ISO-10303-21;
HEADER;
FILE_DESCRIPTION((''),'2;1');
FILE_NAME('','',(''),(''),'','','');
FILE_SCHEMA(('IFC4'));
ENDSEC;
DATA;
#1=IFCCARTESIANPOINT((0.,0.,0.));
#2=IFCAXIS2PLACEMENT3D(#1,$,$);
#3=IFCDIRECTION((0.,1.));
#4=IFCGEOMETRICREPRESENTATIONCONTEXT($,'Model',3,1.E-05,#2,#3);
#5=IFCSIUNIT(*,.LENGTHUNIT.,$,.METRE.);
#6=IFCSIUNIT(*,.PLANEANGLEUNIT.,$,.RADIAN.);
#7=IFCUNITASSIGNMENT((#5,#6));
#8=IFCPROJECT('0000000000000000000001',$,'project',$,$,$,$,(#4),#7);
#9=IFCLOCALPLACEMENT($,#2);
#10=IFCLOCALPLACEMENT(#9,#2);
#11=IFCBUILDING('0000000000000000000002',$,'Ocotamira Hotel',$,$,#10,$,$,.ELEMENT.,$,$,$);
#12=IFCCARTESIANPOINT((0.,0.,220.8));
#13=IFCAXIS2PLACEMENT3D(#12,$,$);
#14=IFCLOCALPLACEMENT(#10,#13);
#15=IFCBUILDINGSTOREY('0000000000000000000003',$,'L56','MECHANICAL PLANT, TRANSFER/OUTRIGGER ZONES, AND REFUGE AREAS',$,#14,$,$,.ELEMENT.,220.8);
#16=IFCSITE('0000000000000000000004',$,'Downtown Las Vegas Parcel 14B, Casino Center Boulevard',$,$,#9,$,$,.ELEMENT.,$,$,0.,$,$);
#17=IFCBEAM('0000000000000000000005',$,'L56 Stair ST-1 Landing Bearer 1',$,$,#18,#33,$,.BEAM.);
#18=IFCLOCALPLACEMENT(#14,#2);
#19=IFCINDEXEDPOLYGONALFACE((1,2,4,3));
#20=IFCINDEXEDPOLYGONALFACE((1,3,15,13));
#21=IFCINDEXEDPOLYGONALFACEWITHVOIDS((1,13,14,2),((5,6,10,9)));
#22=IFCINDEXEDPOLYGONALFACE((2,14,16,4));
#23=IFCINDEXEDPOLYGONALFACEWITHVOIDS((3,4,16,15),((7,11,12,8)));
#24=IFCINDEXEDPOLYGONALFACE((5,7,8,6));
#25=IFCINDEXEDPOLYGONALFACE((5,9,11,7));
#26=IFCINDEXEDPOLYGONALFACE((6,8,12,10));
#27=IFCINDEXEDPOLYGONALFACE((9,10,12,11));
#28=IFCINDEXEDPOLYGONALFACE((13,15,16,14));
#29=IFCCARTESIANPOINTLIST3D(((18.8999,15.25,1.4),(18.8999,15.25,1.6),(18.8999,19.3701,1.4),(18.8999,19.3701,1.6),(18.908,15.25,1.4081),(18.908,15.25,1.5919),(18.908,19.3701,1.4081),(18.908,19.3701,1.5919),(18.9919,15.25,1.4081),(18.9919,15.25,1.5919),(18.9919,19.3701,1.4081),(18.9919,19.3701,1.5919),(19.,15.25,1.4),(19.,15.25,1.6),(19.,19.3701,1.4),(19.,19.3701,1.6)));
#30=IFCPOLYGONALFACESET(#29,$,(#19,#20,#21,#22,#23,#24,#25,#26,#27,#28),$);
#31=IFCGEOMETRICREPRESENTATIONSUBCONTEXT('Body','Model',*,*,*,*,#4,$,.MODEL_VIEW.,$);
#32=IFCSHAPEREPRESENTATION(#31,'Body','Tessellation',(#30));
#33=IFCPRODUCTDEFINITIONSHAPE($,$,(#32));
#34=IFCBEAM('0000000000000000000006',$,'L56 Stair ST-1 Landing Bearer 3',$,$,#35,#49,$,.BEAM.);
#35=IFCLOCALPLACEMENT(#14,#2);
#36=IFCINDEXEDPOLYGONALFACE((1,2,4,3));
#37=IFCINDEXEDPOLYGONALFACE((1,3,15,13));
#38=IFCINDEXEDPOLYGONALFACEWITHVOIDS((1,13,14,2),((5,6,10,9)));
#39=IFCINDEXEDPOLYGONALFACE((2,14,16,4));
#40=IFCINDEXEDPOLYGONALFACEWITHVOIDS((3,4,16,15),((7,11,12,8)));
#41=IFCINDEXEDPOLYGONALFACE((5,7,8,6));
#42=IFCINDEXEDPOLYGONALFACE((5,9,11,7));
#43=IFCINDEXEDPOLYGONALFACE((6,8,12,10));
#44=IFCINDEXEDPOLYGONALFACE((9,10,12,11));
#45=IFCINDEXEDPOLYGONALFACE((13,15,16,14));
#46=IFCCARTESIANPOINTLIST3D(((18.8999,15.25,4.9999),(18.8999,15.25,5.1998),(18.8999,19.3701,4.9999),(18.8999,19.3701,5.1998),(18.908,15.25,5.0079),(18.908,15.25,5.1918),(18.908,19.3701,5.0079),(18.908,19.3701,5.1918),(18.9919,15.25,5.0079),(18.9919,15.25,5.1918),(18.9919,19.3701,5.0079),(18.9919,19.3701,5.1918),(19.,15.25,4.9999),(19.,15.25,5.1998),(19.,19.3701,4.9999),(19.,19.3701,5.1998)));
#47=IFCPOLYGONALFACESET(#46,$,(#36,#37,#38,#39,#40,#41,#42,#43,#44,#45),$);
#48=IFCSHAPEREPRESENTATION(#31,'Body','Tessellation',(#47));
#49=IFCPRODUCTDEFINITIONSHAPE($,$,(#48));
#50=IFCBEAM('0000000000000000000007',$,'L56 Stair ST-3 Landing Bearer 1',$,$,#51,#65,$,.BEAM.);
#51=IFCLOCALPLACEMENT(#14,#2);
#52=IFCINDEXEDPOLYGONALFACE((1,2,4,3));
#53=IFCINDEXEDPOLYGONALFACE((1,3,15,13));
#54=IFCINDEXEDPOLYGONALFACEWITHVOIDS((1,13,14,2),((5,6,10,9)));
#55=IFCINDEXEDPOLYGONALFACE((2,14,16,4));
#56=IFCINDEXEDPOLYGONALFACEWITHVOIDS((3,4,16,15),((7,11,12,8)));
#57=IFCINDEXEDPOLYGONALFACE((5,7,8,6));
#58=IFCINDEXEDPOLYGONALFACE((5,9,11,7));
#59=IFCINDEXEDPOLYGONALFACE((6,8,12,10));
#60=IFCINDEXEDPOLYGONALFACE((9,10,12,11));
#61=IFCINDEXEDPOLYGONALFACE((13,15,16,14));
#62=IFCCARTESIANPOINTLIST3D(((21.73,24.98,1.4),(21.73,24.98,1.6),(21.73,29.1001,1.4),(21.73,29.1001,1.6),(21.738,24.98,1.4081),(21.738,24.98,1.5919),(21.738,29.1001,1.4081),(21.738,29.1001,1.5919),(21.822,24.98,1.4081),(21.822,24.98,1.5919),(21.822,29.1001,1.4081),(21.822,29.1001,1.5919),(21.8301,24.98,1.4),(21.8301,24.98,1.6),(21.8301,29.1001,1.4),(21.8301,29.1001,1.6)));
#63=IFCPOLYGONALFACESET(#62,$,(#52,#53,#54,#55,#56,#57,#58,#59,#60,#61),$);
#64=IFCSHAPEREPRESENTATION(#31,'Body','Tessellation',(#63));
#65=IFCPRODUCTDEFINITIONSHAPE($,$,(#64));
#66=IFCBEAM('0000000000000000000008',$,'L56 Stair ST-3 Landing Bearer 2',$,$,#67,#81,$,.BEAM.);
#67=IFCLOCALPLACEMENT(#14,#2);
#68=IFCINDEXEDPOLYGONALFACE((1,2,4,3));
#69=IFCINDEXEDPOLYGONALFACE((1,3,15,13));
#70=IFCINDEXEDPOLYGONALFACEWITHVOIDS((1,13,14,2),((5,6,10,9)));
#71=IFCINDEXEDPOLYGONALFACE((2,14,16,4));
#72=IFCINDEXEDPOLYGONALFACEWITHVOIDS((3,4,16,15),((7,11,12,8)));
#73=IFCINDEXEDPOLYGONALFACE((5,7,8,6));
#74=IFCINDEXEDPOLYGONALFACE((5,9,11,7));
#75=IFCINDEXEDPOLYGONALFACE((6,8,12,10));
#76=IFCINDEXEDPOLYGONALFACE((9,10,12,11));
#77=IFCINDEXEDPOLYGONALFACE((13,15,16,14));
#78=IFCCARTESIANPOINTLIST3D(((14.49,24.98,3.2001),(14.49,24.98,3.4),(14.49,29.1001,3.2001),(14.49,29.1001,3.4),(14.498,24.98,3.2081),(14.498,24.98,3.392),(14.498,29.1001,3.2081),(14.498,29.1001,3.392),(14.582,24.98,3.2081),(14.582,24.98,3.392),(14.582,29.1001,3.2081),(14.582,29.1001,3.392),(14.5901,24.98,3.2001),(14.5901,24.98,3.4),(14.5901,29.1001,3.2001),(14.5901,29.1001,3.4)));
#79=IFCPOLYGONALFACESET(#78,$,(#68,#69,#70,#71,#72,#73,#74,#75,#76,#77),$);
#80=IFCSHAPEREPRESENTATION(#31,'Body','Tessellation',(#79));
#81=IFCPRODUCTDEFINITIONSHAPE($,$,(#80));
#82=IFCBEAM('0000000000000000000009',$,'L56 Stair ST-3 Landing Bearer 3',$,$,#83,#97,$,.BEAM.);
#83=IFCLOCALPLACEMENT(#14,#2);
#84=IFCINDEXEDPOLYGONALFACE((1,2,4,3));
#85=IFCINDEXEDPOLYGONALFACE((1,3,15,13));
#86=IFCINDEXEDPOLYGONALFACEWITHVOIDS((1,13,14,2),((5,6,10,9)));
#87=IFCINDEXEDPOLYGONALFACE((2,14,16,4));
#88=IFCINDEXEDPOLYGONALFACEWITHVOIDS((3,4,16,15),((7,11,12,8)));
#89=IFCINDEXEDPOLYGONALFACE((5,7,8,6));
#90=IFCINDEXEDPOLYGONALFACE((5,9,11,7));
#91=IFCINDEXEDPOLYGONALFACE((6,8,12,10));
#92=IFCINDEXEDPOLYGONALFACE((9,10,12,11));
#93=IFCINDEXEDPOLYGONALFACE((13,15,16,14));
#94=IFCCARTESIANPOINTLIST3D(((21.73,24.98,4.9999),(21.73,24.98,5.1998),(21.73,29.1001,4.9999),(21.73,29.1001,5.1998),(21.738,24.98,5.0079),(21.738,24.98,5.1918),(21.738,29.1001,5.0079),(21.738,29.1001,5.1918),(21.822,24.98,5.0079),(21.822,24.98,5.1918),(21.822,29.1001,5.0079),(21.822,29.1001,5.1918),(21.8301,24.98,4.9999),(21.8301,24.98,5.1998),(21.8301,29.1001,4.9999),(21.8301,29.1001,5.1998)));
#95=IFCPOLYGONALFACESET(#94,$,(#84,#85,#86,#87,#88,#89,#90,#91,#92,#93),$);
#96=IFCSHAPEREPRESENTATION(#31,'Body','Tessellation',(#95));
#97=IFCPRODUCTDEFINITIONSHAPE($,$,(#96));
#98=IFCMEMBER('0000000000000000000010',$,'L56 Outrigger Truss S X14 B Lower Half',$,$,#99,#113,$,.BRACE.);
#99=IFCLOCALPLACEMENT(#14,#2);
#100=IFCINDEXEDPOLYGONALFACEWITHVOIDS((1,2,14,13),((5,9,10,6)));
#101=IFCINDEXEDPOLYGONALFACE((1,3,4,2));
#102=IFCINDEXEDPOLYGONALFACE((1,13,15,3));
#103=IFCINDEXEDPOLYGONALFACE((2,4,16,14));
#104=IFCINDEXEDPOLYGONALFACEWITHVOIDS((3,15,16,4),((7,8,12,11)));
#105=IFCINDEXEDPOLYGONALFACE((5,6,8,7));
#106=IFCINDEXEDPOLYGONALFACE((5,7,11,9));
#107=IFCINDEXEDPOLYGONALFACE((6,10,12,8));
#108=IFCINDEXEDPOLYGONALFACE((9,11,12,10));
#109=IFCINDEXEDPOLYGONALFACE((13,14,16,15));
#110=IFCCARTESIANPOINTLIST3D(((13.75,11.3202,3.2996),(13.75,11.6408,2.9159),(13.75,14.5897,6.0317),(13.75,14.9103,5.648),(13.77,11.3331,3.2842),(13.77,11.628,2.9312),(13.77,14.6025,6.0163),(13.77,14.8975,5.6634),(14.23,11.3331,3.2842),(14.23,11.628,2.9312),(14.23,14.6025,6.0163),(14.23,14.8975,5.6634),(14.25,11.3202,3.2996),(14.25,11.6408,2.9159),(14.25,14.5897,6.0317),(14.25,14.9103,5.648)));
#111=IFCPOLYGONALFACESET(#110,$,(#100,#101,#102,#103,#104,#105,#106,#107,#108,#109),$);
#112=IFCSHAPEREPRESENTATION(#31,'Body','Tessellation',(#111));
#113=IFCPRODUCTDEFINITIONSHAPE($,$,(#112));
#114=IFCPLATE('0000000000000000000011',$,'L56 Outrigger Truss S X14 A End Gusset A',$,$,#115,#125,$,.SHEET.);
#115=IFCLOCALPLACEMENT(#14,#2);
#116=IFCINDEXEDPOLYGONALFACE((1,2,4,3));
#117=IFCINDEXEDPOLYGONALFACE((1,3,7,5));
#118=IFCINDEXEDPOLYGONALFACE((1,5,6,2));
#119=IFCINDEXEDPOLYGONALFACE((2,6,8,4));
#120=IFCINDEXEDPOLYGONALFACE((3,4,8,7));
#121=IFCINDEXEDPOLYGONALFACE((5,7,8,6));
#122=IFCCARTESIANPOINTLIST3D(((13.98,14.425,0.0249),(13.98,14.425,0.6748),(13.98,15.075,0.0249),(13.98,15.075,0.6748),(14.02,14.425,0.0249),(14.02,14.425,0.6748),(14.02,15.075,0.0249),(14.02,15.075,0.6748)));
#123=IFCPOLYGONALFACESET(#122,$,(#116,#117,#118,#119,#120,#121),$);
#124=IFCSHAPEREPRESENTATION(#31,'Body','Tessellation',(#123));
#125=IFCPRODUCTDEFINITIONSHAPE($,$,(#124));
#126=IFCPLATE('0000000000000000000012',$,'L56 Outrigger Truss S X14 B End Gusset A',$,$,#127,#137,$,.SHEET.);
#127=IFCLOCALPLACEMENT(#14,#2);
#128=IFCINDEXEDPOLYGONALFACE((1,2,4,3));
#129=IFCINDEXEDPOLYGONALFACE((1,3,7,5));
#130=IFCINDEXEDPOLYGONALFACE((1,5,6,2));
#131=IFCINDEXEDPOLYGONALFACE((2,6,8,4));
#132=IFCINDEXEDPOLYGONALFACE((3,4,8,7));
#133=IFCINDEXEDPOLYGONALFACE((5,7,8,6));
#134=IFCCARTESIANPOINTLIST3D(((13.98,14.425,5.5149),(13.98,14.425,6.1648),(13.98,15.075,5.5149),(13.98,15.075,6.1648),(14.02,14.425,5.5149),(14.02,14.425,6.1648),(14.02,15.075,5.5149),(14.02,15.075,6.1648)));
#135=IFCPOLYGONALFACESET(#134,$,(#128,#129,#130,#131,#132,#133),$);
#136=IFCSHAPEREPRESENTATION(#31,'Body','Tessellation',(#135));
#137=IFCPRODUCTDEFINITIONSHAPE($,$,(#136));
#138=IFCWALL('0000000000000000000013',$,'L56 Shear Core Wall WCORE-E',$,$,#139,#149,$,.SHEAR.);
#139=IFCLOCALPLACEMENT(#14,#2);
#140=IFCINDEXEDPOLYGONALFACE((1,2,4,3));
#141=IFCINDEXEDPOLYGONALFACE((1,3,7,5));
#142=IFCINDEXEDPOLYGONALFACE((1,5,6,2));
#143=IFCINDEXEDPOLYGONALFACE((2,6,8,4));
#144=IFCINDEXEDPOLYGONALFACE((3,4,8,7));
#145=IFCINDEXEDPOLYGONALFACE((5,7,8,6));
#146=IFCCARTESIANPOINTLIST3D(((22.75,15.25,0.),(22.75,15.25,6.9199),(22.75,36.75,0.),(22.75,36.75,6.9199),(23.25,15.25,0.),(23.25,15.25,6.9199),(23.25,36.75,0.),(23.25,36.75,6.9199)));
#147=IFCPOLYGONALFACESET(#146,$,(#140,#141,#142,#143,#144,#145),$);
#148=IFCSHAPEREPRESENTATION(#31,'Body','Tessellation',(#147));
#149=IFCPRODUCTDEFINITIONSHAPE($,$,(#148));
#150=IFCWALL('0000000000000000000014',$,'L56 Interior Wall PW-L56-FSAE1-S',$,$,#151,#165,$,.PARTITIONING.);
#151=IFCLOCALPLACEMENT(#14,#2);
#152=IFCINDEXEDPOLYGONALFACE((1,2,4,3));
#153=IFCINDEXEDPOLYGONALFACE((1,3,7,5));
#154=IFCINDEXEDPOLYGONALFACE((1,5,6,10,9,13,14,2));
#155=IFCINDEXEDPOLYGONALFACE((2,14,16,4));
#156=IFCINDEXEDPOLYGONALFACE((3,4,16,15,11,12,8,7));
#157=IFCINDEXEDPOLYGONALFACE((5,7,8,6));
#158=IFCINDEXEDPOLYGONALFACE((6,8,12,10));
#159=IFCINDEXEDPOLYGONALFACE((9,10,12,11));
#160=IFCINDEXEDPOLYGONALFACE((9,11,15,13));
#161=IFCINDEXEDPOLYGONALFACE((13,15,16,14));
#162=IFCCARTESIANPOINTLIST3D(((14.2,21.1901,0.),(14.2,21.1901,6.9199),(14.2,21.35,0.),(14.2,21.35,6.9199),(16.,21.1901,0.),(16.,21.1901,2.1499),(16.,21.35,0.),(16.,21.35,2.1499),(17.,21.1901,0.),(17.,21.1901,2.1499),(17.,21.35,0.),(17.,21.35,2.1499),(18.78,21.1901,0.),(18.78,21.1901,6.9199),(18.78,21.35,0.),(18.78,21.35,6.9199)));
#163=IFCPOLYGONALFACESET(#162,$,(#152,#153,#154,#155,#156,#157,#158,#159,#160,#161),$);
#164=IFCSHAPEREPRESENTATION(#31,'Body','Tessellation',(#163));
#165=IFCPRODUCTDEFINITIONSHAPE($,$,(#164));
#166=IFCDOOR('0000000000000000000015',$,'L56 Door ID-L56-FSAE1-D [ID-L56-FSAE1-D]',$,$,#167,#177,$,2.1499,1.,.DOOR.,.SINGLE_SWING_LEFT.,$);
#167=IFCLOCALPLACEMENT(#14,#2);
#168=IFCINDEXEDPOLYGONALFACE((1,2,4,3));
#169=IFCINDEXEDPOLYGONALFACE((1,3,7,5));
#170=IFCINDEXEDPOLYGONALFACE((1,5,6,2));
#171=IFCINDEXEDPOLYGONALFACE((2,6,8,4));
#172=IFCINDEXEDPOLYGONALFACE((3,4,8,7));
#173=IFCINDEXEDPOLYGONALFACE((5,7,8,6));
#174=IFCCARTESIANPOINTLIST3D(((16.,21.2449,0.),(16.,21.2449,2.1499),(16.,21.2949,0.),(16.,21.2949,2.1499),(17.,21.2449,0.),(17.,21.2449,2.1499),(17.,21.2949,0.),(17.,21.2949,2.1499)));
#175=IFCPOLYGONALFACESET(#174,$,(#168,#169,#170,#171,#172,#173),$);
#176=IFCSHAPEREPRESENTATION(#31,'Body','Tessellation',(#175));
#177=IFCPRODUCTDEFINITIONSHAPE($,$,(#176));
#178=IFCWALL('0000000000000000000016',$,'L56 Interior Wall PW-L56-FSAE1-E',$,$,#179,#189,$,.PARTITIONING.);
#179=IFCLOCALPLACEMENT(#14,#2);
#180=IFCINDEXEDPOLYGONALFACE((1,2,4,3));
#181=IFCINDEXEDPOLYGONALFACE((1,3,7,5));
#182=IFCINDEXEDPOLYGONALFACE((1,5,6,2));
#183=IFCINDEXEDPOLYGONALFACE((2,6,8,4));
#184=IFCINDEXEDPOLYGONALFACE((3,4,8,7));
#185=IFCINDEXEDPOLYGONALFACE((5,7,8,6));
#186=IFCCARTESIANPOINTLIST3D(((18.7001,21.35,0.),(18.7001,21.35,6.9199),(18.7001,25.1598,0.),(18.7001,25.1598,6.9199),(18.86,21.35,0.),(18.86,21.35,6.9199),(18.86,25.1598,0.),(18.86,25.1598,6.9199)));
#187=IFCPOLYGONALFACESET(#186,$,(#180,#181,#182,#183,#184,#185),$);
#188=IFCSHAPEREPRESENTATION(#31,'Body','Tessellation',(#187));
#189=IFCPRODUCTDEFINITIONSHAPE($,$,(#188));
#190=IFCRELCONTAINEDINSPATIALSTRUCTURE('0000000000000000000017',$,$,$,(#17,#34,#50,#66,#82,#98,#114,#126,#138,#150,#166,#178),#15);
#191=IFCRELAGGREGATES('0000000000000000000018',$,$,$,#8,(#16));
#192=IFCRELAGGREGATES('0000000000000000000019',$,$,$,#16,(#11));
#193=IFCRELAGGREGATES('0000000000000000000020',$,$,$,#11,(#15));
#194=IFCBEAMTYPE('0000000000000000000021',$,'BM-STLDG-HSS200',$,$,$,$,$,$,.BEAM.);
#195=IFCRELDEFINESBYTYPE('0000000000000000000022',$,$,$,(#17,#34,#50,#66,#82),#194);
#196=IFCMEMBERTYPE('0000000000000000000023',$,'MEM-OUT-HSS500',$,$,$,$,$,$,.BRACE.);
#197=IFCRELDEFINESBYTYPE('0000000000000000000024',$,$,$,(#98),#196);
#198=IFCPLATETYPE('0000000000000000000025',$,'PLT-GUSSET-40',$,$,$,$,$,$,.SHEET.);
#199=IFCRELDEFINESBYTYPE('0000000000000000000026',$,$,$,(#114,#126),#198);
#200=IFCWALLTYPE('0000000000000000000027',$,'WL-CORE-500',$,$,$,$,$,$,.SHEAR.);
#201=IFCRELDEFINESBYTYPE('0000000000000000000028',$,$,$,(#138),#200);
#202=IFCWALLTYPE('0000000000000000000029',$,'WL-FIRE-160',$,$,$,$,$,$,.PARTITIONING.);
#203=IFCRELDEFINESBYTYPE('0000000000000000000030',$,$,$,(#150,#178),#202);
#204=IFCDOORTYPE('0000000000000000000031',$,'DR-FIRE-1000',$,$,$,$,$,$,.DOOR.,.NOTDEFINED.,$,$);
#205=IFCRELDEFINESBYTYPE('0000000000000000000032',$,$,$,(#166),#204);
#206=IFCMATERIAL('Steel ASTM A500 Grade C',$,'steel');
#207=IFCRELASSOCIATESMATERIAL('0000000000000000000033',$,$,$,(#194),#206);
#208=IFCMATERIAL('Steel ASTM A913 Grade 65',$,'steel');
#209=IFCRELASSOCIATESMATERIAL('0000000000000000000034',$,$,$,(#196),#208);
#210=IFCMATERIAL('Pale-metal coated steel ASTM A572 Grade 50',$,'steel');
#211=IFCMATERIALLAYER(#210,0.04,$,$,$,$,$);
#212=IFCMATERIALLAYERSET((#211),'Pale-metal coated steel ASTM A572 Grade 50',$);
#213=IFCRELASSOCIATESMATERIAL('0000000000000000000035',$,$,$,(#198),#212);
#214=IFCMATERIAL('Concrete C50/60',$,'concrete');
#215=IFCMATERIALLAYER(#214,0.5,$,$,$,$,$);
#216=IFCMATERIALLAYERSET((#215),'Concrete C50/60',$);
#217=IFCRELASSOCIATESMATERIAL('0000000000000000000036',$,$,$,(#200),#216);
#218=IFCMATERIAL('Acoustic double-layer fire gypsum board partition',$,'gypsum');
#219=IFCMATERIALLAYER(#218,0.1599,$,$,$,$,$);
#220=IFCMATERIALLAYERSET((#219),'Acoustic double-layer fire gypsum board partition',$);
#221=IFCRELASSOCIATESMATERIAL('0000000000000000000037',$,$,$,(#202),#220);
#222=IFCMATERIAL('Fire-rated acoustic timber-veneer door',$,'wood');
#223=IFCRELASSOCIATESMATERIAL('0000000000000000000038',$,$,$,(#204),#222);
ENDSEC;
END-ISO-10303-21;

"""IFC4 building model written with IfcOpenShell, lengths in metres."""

from ifc_helpers import new_model, si_unit, direction, frame, frame_2d, origin, origin_2d, place, context, subcontext, project, spatial, rectangle, hollow_rectangle, extrude, source, transform, mapped, material, layer, layer_set, material_profile, profile_set, type_object, element, fill, save


model = new_model("IFC4")

# Units and contexts
model_context = context("Model", 3, precision=1e-05, world=origin(), true_north=direction((0.0, 1.0)))
body_context = subcontext(model_context, "Body", "Model", "MODEL_VIEW")
ifc_project = project(units=[si_unit("LENGTHUNIT", "METRE"), si_unit("PLANEANGLEUNIT", "RADIAN")], contexts=[model_context])

# Site, building, storey
site_placement = place(None, origin())
site = spatial("IfcSite", under=ifc_project, at=site_placement, Name="Downtown Las Vegas Parcel 14B, Casino Center Boulevard", CompositionType="ELEMENT", RefElevation=0.0)
building_placement = place(site_placement, origin())
building = spatial("IfcBuilding", under=site, at=building_placement, Name="Ocotamira Hotel", CompositionType="ELEMENT")
storey_placement = place(building_placement, frame((0.0, 0.0, 220.8)))
storey = spatial("IfcBuildingStorey", under=building, at=storey_placement, Name="L56", Description="MECHANICAL PLANT, TRANSFER/OUTRIGGER ZONES, AND REFUGE AREAS", CompositionType="ELEMENT", Elevation=220.8)

# Beams
ifc_material_1 = material(Name="Steel ASTM A500 Grade C", Category="steel")
ifc_material_profile_1 = material_profile(ifc_material_1, hollow_rectangle(XDim=0.1001, YDim=0.2, WallThickness=0.0081, at=origin_2d()), Name="HSS200X100X8")
ifc_profile_set_1 = profile_set([ifc_material_profile_1], Name="Steel ASTM A500 Grade C")
beam_type = type_object("IfcBeamType", Name="BM-STLDG-HSS200", PredefinedType="BEAM", material=ifc_profile_set_1)
shared_shape_1 = source(origin(), body_context, "Body", "SweptSolid", [
    extrude(hollow_rectangle(XDim=0.1001, YDim=0.2, WallThickness=0.0081, at=origin_2d()), origin(), (0.0, 0.0, 1.0), 4.1201),
])
for number, where, z_axis, x_axis, name in (
    (1, (18.95, 15.25, 1.5), (0.0, 1.0, 0.0), (-1.0, 0.0, 0.0), "L56 Stair ST-1 Landing Bearer 1"),
    (2, (18.95, 15.25, 5.0999), (0.0, 1.0, 0.0), (-1.0, 0.0, 0.0), "L56 Stair ST-1 Landing Bearer 3"),
    (3, (21.78, 24.98, 1.5), (0.0, 1.0, 0.0), (-1.0, 0.0, 0.0), "L56 Stair ST-3 Landing Bearer 1"),
    (4, (14.54, 24.98, 3.3), (0.0, 1.0, 0.0), (-1.0, 0.0, 0.0), "L56 Stair ST-3 Landing Bearer 2"),
    (5, (21.78, 24.98, 5.0999), (0.0, 1.0, 0.0), (-1.0, 0.0, 0.0), "L56 Stair ST-3 Landing Bearer 3"),
):
    element("IfcBeam", number, at=place(storey_placement, frame(where, z_axis=z_axis, x_axis=x_axis)), inside=storey, type_object=beam_type, Name=name, PredefinedType="BEAM", context=body_context, shape_type="MappedRepresentation", body=[
        mapped(shared_shape_1, transform((0.0, 0.0, 0.0), scale=1.0)),
    ])

# Member
ifc_material_2 = material(Name="Steel ASTM A913 Grade 65", Category="steel")
ifc_material_profile_2 = material_profile(ifc_material_2, hollow_rectangle(XDim=0.5, YDim=0.5, WallThickness=0.02, at=origin_2d()), Name="HSS500X500X20")
ifc_profile_set_2 = profile_set([ifc_material_profile_2], Name="Steel ASTM A913 Grade 65")
member_type = type_object("IfcMemberType", Name="MEM-OUT-HSS500", PredefinedType="BRACE", material=ifc_profile_set_2)
shared_shape_2 = source(origin(), body_context, "Body", "SweptSolid", [
    extrude(hollow_rectangle(XDim=0.5, YDim=0.5, WallThickness=0.02, at=origin_2d()), origin(), (0.0, 0.0, 1.0), 4.2607),
])
member_placement = place(storey_placement, frame((14.0, 14.75, 5.8398), z_axis=(0.0, -0.767347, -0.641232), x_axis=(1.0, 0.0, 0.0)))
element("IfcMember", 6, at=member_placement, inside=storey, type_object=member_type, Name="L56 Outrigger Truss S X14 B Lower Half", PredefinedType="BRACE", context=body_context, shape_type="MappedRepresentation", body=[
    mapped(shared_shape_2, transform((0.0, 0.0, 0.0), scale=1.0)),
])

# Plates
ifc_material_3 = material(Name="Pale-metal coated steel ASTM A572 Grade 50", Category="steel")
ifc_layer_1 = layer(ifc_material_3, 0.04)
ifc_layer_set_1 = layer_set([ifc_layer_1], Name="Pale-metal coated steel ASTM A572 Grade 50")
plate_type = type_object("IfcPlateType", Name="PLT-GUSSET-40", PredefinedType="SHEET", material=ifc_layer_set_1)
shared_shape_3 = source(origin(), body_context, "Body", "SweptSolid", [
    extrude(rectangle(XDim=0.04, YDim=0.6499, at=origin_2d()), origin(), (0.0, 0.0, 1.0), 0.6499),
])
for number, where, z_axis, x_axis, name in (
    (7, (14.0, 14.75, 0.0249), (0.0, 0.0, 1.0), (1.0, 0.0, 0.0), "L56 Outrigger Truss S X14 A End Gusset A"),
    (8, (14.0, 14.75, 5.5149), (0.0, 0.0, 1.0), (1.0, 0.0, 0.0), "L56 Outrigger Truss S X14 B End Gusset A"),
):
    element("IfcPlate", number, at=place(storey_placement, frame(where, z_axis=z_axis, x_axis=x_axis)), inside=storey, type_object=plate_type, Name=name, PredefinedType="SHEET", context=body_context, shape_type="MappedRepresentation", body=[
        mapped(shared_shape_3, transform((0.0, 0.0, 0.0), scale=1.0)),
    ])

# Wall
ifc_material_4 = material(Name="Concrete C50/60", Category="concrete")
ifc_layer_2 = layer(ifc_material_4, 0.5)
ifc_layer_set_2 = layer_set([ifc_layer_2], Name="Concrete C50/60")
wall_type_1 = type_object("IfcWallType", Name="WL-CORE-500", PredefinedType="SHEAR", material=ifc_layer_set_2)
wall_1_placement = place(storey_placement, frame((23.0, 15.25, 0.0), z_axis=(0.0, 0.0, 1.0), x_axis=(0.0, 1.0, 0.0)))
element("IfcWall", 9, at=wall_1_placement, inside=storey, type_object=wall_type_1, Name="L56 Shear Core Wall WCORE-E", PredefinedType="SHEAR", context=body_context, shape_type="SweptSolid", body=[
    extrude(rectangle(XDim=21.5, YDim=0.5, at=frame_2d((10.75, 0.0))), origin(), (0.0, 0.0, 1.0), 6.9199),
])

# Wall, opening, door
ifc_material_5 = material(Name="Acoustic double-layer fire gypsum board partition", Category="gypsum")
ifc_layer_3 = layer(ifc_material_5, 0.1599)
ifc_layer_set_3 = layer_set([ifc_layer_3], Name="Acoustic double-layer fire gypsum board partition")
wall_type_2 = type_object("IfcWallType", Name="WL-FIRE-160", PredefinedType="PARTITIONING", material=ifc_layer_set_3)
wall_2_placement = place(storey_placement, frame((14.2, 21.27, 0.0), z_axis=(0.0, 0.0, 1.0), x_axis=(1.0, 0.0, 0.0)))
wall_2 = element("IfcWall", 10, at=wall_2_placement, inside=storey, type_object=wall_type_2, Name="L56 Interior Wall PW-L56-FSAE1-S", PredefinedType="PARTITIONING", context=body_context, shape_type="SweptSolid", body=[
    extrude(rectangle(XDim=4.5801, YDim=0.1599, at=frame_2d((2.29, 0.0))), origin(), (0.0, 0.0, 1.0), 6.9199),
])
opening_1_placement = place(wall_2_placement, frame((1.8, 0.0, 0.0)))
opening_1 = element("IfcOpeningElement", 11, at=opening_1_placement, cuts=wall_2, PredefinedType="OPENING", context=body_context, shape_type="SweptSolid", body=[
    extrude(rectangle(XDim=1.0, YDim=2.1499, at=frame_2d((0.5, 1.075))), frame((0.0, 0.0898, 0.0), z_axis=(0.0, -1.0, 0.0), x_axis=(1.0, 0.0, 0.0)), (0.0, 0.0, 1.0), 0.1799),
])
ifc_material_6 = material(Name="Fire-rated acoustic timber-veneer door", Category="wood")
door_type_1 = type_object("IfcDoorType", Name="DR-FIRE-1000", OperationType="NOTDEFINED", PredefinedType="DOOR", material=ifc_material_6)
shared_shape_4 = source(origin(), body_context, "Body", "SweptSolid", [
    extrude(rectangle(XDim=1.0, YDim=2.1499, at=frame_2d((0.5, 1.075))), frame((0.0, 0.0249, 0.0), z_axis=(0.0, -1.0, 0.0), x_axis=(1.0, 0.0, 0.0)), (0.0, 0.0, 1.0), 0.05),
])
door_1_placement = place(opening_1_placement, origin())
door_1 = element("IfcDoor", 12, at=door_1_placement, inside=storey, type_object=door_type_1, Name="L56 Door ID-L56-FSAE1-D [ID-L56-FSAE1-D]", OperationType="SINGLE_SWING_LEFT", OverallHeight=2.1499, OverallWidth=1.0, PredefinedType="DOOR", context=body_context, shape_type="MappedRepresentation", body=[
    mapped(shared_shape_4, transform((0.0, 0.0, 0.0), scale=1.0)),
])
fill(opening_1, door_1)

# Wall
wall_3_placement = place(storey_placement, frame((18.78, 21.3501, 0.0), z_axis=(0.0, 0.0, 1.0), x_axis=(0.0, 1.0, 0.0)))
element("IfcWall", 13, at=wall_3_placement, inside=storey, type_object=wall_type_2, Name="L56 Interior Wall PW-L56-FSAE1-E", PredefinedType="PARTITIONING", context=body_context, shape_type="SweptSolid", body=[
    extrude(rectangle(XDim=3.8098, YDim=0.1599, at=frame_2d((1.9048, 0.0))), origin(), (0.0, 0.0, 1.0), 6.9199),
])

save(model, "model.ifc")
